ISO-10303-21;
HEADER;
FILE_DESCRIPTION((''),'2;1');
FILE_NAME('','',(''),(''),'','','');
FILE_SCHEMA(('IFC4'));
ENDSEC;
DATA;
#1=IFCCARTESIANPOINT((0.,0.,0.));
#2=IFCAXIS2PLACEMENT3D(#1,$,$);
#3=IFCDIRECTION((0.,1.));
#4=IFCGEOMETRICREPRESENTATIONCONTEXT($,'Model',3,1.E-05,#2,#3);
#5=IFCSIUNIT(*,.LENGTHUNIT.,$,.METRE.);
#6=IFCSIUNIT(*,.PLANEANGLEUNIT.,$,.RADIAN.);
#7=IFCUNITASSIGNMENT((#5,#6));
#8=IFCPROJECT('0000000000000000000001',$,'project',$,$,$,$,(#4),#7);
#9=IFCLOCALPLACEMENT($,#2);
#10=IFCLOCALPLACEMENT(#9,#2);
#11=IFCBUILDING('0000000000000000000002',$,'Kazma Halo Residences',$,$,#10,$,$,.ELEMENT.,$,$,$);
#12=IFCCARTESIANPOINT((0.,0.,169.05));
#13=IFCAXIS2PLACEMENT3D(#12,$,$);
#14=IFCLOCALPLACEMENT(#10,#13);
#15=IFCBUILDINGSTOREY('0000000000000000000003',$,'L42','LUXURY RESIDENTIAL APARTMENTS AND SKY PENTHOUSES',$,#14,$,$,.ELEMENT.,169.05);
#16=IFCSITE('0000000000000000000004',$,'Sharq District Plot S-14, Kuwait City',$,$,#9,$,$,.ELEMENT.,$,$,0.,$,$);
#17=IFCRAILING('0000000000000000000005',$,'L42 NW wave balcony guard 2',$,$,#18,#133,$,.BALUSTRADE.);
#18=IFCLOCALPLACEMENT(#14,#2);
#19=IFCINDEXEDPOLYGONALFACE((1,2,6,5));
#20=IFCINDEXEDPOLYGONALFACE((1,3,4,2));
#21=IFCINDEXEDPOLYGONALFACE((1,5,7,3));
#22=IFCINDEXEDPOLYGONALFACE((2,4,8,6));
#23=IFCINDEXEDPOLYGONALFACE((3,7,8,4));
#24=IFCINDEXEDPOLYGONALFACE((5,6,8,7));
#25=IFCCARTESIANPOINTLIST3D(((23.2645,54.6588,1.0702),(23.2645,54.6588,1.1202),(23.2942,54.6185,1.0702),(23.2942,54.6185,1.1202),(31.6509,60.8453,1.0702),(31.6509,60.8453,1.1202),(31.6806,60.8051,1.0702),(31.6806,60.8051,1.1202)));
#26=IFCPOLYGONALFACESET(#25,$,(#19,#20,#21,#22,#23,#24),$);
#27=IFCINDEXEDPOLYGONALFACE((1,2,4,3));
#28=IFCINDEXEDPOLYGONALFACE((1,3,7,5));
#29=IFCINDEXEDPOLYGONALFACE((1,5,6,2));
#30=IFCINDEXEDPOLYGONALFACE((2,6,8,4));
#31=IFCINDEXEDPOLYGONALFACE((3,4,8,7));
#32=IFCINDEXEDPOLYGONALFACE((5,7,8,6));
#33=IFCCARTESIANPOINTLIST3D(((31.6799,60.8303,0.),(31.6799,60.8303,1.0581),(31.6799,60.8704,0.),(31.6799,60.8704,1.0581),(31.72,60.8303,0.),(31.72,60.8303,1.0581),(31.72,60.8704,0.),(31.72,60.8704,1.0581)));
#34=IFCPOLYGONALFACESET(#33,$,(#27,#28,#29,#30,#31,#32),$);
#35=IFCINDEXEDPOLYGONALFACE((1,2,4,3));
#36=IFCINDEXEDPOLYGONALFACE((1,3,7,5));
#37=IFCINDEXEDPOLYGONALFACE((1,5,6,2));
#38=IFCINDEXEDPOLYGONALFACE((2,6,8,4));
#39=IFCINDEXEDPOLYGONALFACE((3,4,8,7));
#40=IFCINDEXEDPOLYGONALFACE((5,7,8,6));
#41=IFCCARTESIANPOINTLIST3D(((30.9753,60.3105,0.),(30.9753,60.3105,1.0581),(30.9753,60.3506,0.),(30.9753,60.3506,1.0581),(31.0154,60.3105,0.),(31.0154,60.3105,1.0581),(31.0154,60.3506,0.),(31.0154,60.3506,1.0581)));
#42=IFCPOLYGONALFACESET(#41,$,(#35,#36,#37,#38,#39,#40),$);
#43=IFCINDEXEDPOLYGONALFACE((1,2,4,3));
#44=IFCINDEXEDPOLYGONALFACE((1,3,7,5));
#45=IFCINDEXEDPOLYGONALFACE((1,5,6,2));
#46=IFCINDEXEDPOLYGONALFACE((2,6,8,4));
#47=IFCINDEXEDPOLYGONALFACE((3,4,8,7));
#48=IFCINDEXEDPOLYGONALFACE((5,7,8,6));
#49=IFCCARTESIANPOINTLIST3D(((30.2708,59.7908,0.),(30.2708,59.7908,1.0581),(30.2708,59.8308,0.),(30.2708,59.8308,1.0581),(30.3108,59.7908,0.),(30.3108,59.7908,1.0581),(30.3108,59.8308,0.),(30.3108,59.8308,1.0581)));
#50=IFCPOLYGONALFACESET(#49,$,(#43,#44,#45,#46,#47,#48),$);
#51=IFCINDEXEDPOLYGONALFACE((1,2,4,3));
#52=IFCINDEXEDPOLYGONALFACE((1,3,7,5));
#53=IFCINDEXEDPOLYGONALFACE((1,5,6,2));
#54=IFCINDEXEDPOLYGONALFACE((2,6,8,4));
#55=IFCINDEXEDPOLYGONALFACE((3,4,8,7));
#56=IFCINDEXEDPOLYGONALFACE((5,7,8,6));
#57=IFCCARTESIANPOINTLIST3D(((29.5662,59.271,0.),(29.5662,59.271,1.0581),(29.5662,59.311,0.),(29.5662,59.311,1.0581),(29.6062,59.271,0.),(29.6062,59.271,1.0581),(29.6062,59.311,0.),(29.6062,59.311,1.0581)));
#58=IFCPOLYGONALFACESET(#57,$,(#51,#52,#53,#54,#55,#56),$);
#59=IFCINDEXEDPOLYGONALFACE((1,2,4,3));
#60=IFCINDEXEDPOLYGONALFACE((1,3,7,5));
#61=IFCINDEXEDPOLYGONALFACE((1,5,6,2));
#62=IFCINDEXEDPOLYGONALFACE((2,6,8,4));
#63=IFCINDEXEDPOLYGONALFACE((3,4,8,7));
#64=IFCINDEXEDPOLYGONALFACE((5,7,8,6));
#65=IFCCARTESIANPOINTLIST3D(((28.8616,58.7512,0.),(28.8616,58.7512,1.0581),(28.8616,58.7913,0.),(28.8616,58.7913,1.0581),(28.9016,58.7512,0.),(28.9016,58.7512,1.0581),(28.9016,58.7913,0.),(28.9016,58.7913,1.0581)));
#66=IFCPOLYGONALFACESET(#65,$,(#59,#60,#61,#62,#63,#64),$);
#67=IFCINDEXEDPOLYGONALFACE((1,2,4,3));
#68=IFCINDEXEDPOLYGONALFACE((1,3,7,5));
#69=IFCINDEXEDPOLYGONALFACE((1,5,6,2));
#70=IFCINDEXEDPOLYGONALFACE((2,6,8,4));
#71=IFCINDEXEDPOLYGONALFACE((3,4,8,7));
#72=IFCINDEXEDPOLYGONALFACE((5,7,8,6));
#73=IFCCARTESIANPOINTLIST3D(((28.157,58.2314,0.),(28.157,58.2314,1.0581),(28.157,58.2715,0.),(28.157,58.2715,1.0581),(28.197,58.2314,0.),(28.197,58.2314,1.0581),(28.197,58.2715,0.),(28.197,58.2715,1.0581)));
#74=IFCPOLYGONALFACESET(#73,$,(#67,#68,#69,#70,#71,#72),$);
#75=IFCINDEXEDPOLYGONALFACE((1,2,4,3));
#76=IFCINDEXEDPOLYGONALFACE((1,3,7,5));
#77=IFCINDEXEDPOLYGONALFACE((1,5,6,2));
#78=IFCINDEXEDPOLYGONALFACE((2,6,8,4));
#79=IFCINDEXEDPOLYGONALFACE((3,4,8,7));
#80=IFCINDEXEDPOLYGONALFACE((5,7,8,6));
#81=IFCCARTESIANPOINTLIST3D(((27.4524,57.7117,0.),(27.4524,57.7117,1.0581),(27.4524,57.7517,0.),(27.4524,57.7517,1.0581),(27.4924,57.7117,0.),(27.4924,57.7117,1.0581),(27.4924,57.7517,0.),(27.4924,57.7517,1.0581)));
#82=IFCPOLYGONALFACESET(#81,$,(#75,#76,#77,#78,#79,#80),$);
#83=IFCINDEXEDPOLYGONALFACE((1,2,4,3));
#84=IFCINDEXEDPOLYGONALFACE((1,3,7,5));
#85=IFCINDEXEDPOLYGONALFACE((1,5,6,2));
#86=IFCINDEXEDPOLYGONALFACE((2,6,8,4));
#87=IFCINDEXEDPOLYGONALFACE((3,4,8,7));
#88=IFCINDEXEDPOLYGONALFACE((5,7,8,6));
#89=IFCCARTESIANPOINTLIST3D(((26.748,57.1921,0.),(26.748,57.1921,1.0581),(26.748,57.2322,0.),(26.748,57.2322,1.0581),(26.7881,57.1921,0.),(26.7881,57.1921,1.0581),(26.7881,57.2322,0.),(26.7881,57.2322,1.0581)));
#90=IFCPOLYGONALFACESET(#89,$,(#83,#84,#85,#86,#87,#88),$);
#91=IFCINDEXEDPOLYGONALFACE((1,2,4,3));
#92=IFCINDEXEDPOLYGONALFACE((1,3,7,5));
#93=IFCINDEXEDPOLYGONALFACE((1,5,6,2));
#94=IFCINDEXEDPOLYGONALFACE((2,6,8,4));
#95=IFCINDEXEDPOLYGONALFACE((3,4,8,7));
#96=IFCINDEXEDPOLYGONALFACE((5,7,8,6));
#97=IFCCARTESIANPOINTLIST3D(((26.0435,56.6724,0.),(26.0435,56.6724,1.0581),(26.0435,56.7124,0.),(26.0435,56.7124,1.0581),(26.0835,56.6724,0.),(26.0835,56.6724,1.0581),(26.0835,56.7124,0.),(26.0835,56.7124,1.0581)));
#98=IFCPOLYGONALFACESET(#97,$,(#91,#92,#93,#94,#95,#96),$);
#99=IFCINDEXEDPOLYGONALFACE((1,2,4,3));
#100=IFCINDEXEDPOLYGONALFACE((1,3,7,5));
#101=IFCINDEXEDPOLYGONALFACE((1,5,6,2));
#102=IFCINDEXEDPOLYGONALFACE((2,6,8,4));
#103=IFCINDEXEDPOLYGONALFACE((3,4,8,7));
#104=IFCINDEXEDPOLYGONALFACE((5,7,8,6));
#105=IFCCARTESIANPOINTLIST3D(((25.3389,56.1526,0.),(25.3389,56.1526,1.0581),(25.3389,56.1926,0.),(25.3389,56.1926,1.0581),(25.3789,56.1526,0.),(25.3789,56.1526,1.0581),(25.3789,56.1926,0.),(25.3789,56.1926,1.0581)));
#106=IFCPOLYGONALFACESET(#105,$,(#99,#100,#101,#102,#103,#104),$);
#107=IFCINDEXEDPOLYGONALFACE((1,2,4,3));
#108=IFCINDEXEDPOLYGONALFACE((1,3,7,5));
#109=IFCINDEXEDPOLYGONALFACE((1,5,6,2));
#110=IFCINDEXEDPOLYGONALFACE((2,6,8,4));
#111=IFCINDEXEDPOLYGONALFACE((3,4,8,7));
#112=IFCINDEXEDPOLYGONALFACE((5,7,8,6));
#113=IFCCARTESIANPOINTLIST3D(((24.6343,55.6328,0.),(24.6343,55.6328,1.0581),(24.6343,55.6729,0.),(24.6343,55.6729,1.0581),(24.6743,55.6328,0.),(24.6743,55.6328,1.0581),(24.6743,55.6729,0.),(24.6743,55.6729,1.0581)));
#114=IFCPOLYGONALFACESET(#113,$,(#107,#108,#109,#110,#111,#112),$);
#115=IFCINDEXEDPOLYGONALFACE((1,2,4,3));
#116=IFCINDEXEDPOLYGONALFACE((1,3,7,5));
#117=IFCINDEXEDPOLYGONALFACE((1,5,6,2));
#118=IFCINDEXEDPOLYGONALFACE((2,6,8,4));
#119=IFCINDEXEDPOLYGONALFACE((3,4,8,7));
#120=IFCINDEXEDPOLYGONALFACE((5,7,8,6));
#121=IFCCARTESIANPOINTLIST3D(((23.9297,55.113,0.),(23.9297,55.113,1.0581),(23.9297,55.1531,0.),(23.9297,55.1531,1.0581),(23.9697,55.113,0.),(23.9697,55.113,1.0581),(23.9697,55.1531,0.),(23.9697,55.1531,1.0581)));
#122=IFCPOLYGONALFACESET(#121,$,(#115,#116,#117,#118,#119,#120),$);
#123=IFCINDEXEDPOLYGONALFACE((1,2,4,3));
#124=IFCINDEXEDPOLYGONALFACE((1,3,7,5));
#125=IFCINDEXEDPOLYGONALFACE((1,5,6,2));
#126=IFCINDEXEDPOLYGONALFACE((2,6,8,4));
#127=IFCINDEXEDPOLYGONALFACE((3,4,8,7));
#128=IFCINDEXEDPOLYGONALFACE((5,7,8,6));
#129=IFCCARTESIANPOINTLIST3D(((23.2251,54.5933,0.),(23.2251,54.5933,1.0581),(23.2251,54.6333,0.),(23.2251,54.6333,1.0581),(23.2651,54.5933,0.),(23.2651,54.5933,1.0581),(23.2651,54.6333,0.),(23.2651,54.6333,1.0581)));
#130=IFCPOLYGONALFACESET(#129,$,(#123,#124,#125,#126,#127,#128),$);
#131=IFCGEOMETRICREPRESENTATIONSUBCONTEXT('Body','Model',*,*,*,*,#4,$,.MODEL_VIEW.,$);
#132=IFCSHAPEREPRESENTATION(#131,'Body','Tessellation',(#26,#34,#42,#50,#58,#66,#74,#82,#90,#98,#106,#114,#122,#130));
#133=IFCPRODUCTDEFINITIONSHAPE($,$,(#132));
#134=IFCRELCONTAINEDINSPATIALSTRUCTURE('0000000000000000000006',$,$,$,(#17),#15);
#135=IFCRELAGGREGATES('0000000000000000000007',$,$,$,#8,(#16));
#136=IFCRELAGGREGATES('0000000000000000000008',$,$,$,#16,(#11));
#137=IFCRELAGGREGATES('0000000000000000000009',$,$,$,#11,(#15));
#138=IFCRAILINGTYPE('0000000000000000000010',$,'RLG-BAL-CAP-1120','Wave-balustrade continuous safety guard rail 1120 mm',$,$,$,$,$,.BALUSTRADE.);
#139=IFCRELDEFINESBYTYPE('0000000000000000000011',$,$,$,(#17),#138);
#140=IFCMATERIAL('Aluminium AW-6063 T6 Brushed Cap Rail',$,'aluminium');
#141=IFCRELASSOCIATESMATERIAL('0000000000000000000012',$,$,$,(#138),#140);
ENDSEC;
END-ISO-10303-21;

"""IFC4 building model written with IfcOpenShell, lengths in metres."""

from ifc_helpers import new_model, si_unit, direction, frame, origin, origin_2d, place, context, subcontext, project, spatial, rectangle, extrude, material, type_object, element, save


model = new_model("IFC4")

# Units and contexts
model_context = context("Model", 3, precision=1e-05, world=origin(), true_north=direction((0.0, 1.0)))
body_context = subcontext(model_context, "Body", "Model", "MODEL_VIEW")
ifc_project = project(units=[si_unit("LENGTHUNIT", "METRE"), si_unit("PLANEANGLEUNIT", "RADIAN")], contexts=[model_context])

# Site, building, storey
site_placement = place(None, origin())
site = spatial("IfcSite", under=ifc_project, at=site_placement, Name="Sharq District Plot S-14, Kuwait City", CompositionType="ELEMENT", RefElevation=0.0)
building_placement = place(site_placement, origin())
building = spatial("IfcBuilding", under=site, at=building_placement, Name="Kazma Halo Residences", CompositionType="ELEMENT")
storey_placement = place(building_placement, frame((0.0, 0.0, 169.05)))
storey = spatial("IfcBuildingStorey", under=building, at=storey_placement, Name="L42", Description="LUXURY RESIDENTIAL APARTMENTS AND SKY PENTHOUSES", CompositionType="ELEMENT", Elevation=169.05)

# Railing
ifc_material_1 = material(Name="Aluminium AW-6063 T6 Brushed Cap Rail", Category="aluminium")
railing_type = type_object("IfcRailingType", Name="RLG-BAL-CAP-1120", Description="Wave-balustrade continuous safety guard rail 1120 mm", PredefinedType="BALUSTRADE", material=ifc_material_1)
railing_1_placement = place(storey_placement, frame((31.7, 60.8503, 0.0)))
element("IfcRailing", 1, at=railing_1_placement, inside=storey, type_object=railing_type, Name="L42 NW wave balcony guard 2", PredefinedType="BALUSTRADE", context=body_context, shape_type="SweptSolid", body=[
    extrude(rectangle(XDim=0.05, YDim=0.05, at=origin_2d()), frame((-0.0342, -0.0251, 1.0952), z_axis=(-0.804729, -0.593642, 0.0), x_axis=(0.593642, -0.804729, 0.0)), (0.0, 0.0, 1.0), 10.4214),
    extrude(rectangle(XDim=0.04, YDim=0.04, at=origin_2d()), origin(), (0.0, 0.0, 1.0), 1.0581),
    extrude(rectangle(XDim=0.04, YDim=0.04, at=origin_2d()), frame((-0.7046, -0.5198, 0.0)), (0.0, 0.0, 1.0), 1.0581),
    extrude(rectangle(XDim=0.04, YDim=0.04, at=origin_2d()), frame((-1.4092, -1.0396, 0.0)), (0.0, 0.0, 1.0), 1.0581),
    extrude(rectangle(XDim=0.04, YDim=0.04, at=origin_2d()), frame((-2.1138, -1.5593, 0.0)), (0.0, 0.0, 1.0), 1.0581),
    extrude(rectangle(XDim=0.04, YDim=0.04, at=origin_2d()), frame((-2.8184, -2.0791, 0.0)), (0.0, 0.0, 1.0), 1.0581),
    extrude(rectangle(XDim=0.04, YDim=0.04, at=origin_2d()), frame((-3.5229, -2.5989, 0.0)), (0.0, 0.0, 1.0), 1.0581),
    extrude(rectangle(XDim=0.04, YDim=0.04, at=origin_2d()), frame((-4.2275, -3.1187, 0.0)), (0.0, 0.0, 1.0), 1.0581),
    extrude(rectangle(XDim=0.04, YDim=0.04, at=origin_2d()), frame((-4.9319, -3.6382, 0.0)), (0.0, 0.0, 1.0), 1.0581),
    extrude(rectangle(XDim=0.04, YDim=0.04, at=origin_2d()), frame((-5.6365, -4.158, 0.0)), (0.0, 0.0, 1.0), 1.0581),
    extrude(rectangle(XDim=0.04, YDim=0.04, at=origin_2d()), frame((-6.3411, -4.6777, 0.0)), (0.0, 0.0, 1.0), 1.0581),
    extrude(rectangle(XDim=0.04, YDim=0.04, at=origin_2d()), frame((-7.0457, -5.1975, 0.0)), (0.0, 0.0, 1.0), 1.0581),
    extrude(rectangle(XDim=0.04, YDim=0.04, at=origin_2d()), frame((-7.7502, -5.7173, 0.0)), (0.0, 0.0, 1.0), 1.0581),
    extrude(rectangle(XDim=0.04, YDim=0.04, at=origin_2d()), frame((-8.4548, -6.2371, 0.0)), (0.0, 0.0, 1.0), 1.0581),
])

save(model, "model.ifc")
